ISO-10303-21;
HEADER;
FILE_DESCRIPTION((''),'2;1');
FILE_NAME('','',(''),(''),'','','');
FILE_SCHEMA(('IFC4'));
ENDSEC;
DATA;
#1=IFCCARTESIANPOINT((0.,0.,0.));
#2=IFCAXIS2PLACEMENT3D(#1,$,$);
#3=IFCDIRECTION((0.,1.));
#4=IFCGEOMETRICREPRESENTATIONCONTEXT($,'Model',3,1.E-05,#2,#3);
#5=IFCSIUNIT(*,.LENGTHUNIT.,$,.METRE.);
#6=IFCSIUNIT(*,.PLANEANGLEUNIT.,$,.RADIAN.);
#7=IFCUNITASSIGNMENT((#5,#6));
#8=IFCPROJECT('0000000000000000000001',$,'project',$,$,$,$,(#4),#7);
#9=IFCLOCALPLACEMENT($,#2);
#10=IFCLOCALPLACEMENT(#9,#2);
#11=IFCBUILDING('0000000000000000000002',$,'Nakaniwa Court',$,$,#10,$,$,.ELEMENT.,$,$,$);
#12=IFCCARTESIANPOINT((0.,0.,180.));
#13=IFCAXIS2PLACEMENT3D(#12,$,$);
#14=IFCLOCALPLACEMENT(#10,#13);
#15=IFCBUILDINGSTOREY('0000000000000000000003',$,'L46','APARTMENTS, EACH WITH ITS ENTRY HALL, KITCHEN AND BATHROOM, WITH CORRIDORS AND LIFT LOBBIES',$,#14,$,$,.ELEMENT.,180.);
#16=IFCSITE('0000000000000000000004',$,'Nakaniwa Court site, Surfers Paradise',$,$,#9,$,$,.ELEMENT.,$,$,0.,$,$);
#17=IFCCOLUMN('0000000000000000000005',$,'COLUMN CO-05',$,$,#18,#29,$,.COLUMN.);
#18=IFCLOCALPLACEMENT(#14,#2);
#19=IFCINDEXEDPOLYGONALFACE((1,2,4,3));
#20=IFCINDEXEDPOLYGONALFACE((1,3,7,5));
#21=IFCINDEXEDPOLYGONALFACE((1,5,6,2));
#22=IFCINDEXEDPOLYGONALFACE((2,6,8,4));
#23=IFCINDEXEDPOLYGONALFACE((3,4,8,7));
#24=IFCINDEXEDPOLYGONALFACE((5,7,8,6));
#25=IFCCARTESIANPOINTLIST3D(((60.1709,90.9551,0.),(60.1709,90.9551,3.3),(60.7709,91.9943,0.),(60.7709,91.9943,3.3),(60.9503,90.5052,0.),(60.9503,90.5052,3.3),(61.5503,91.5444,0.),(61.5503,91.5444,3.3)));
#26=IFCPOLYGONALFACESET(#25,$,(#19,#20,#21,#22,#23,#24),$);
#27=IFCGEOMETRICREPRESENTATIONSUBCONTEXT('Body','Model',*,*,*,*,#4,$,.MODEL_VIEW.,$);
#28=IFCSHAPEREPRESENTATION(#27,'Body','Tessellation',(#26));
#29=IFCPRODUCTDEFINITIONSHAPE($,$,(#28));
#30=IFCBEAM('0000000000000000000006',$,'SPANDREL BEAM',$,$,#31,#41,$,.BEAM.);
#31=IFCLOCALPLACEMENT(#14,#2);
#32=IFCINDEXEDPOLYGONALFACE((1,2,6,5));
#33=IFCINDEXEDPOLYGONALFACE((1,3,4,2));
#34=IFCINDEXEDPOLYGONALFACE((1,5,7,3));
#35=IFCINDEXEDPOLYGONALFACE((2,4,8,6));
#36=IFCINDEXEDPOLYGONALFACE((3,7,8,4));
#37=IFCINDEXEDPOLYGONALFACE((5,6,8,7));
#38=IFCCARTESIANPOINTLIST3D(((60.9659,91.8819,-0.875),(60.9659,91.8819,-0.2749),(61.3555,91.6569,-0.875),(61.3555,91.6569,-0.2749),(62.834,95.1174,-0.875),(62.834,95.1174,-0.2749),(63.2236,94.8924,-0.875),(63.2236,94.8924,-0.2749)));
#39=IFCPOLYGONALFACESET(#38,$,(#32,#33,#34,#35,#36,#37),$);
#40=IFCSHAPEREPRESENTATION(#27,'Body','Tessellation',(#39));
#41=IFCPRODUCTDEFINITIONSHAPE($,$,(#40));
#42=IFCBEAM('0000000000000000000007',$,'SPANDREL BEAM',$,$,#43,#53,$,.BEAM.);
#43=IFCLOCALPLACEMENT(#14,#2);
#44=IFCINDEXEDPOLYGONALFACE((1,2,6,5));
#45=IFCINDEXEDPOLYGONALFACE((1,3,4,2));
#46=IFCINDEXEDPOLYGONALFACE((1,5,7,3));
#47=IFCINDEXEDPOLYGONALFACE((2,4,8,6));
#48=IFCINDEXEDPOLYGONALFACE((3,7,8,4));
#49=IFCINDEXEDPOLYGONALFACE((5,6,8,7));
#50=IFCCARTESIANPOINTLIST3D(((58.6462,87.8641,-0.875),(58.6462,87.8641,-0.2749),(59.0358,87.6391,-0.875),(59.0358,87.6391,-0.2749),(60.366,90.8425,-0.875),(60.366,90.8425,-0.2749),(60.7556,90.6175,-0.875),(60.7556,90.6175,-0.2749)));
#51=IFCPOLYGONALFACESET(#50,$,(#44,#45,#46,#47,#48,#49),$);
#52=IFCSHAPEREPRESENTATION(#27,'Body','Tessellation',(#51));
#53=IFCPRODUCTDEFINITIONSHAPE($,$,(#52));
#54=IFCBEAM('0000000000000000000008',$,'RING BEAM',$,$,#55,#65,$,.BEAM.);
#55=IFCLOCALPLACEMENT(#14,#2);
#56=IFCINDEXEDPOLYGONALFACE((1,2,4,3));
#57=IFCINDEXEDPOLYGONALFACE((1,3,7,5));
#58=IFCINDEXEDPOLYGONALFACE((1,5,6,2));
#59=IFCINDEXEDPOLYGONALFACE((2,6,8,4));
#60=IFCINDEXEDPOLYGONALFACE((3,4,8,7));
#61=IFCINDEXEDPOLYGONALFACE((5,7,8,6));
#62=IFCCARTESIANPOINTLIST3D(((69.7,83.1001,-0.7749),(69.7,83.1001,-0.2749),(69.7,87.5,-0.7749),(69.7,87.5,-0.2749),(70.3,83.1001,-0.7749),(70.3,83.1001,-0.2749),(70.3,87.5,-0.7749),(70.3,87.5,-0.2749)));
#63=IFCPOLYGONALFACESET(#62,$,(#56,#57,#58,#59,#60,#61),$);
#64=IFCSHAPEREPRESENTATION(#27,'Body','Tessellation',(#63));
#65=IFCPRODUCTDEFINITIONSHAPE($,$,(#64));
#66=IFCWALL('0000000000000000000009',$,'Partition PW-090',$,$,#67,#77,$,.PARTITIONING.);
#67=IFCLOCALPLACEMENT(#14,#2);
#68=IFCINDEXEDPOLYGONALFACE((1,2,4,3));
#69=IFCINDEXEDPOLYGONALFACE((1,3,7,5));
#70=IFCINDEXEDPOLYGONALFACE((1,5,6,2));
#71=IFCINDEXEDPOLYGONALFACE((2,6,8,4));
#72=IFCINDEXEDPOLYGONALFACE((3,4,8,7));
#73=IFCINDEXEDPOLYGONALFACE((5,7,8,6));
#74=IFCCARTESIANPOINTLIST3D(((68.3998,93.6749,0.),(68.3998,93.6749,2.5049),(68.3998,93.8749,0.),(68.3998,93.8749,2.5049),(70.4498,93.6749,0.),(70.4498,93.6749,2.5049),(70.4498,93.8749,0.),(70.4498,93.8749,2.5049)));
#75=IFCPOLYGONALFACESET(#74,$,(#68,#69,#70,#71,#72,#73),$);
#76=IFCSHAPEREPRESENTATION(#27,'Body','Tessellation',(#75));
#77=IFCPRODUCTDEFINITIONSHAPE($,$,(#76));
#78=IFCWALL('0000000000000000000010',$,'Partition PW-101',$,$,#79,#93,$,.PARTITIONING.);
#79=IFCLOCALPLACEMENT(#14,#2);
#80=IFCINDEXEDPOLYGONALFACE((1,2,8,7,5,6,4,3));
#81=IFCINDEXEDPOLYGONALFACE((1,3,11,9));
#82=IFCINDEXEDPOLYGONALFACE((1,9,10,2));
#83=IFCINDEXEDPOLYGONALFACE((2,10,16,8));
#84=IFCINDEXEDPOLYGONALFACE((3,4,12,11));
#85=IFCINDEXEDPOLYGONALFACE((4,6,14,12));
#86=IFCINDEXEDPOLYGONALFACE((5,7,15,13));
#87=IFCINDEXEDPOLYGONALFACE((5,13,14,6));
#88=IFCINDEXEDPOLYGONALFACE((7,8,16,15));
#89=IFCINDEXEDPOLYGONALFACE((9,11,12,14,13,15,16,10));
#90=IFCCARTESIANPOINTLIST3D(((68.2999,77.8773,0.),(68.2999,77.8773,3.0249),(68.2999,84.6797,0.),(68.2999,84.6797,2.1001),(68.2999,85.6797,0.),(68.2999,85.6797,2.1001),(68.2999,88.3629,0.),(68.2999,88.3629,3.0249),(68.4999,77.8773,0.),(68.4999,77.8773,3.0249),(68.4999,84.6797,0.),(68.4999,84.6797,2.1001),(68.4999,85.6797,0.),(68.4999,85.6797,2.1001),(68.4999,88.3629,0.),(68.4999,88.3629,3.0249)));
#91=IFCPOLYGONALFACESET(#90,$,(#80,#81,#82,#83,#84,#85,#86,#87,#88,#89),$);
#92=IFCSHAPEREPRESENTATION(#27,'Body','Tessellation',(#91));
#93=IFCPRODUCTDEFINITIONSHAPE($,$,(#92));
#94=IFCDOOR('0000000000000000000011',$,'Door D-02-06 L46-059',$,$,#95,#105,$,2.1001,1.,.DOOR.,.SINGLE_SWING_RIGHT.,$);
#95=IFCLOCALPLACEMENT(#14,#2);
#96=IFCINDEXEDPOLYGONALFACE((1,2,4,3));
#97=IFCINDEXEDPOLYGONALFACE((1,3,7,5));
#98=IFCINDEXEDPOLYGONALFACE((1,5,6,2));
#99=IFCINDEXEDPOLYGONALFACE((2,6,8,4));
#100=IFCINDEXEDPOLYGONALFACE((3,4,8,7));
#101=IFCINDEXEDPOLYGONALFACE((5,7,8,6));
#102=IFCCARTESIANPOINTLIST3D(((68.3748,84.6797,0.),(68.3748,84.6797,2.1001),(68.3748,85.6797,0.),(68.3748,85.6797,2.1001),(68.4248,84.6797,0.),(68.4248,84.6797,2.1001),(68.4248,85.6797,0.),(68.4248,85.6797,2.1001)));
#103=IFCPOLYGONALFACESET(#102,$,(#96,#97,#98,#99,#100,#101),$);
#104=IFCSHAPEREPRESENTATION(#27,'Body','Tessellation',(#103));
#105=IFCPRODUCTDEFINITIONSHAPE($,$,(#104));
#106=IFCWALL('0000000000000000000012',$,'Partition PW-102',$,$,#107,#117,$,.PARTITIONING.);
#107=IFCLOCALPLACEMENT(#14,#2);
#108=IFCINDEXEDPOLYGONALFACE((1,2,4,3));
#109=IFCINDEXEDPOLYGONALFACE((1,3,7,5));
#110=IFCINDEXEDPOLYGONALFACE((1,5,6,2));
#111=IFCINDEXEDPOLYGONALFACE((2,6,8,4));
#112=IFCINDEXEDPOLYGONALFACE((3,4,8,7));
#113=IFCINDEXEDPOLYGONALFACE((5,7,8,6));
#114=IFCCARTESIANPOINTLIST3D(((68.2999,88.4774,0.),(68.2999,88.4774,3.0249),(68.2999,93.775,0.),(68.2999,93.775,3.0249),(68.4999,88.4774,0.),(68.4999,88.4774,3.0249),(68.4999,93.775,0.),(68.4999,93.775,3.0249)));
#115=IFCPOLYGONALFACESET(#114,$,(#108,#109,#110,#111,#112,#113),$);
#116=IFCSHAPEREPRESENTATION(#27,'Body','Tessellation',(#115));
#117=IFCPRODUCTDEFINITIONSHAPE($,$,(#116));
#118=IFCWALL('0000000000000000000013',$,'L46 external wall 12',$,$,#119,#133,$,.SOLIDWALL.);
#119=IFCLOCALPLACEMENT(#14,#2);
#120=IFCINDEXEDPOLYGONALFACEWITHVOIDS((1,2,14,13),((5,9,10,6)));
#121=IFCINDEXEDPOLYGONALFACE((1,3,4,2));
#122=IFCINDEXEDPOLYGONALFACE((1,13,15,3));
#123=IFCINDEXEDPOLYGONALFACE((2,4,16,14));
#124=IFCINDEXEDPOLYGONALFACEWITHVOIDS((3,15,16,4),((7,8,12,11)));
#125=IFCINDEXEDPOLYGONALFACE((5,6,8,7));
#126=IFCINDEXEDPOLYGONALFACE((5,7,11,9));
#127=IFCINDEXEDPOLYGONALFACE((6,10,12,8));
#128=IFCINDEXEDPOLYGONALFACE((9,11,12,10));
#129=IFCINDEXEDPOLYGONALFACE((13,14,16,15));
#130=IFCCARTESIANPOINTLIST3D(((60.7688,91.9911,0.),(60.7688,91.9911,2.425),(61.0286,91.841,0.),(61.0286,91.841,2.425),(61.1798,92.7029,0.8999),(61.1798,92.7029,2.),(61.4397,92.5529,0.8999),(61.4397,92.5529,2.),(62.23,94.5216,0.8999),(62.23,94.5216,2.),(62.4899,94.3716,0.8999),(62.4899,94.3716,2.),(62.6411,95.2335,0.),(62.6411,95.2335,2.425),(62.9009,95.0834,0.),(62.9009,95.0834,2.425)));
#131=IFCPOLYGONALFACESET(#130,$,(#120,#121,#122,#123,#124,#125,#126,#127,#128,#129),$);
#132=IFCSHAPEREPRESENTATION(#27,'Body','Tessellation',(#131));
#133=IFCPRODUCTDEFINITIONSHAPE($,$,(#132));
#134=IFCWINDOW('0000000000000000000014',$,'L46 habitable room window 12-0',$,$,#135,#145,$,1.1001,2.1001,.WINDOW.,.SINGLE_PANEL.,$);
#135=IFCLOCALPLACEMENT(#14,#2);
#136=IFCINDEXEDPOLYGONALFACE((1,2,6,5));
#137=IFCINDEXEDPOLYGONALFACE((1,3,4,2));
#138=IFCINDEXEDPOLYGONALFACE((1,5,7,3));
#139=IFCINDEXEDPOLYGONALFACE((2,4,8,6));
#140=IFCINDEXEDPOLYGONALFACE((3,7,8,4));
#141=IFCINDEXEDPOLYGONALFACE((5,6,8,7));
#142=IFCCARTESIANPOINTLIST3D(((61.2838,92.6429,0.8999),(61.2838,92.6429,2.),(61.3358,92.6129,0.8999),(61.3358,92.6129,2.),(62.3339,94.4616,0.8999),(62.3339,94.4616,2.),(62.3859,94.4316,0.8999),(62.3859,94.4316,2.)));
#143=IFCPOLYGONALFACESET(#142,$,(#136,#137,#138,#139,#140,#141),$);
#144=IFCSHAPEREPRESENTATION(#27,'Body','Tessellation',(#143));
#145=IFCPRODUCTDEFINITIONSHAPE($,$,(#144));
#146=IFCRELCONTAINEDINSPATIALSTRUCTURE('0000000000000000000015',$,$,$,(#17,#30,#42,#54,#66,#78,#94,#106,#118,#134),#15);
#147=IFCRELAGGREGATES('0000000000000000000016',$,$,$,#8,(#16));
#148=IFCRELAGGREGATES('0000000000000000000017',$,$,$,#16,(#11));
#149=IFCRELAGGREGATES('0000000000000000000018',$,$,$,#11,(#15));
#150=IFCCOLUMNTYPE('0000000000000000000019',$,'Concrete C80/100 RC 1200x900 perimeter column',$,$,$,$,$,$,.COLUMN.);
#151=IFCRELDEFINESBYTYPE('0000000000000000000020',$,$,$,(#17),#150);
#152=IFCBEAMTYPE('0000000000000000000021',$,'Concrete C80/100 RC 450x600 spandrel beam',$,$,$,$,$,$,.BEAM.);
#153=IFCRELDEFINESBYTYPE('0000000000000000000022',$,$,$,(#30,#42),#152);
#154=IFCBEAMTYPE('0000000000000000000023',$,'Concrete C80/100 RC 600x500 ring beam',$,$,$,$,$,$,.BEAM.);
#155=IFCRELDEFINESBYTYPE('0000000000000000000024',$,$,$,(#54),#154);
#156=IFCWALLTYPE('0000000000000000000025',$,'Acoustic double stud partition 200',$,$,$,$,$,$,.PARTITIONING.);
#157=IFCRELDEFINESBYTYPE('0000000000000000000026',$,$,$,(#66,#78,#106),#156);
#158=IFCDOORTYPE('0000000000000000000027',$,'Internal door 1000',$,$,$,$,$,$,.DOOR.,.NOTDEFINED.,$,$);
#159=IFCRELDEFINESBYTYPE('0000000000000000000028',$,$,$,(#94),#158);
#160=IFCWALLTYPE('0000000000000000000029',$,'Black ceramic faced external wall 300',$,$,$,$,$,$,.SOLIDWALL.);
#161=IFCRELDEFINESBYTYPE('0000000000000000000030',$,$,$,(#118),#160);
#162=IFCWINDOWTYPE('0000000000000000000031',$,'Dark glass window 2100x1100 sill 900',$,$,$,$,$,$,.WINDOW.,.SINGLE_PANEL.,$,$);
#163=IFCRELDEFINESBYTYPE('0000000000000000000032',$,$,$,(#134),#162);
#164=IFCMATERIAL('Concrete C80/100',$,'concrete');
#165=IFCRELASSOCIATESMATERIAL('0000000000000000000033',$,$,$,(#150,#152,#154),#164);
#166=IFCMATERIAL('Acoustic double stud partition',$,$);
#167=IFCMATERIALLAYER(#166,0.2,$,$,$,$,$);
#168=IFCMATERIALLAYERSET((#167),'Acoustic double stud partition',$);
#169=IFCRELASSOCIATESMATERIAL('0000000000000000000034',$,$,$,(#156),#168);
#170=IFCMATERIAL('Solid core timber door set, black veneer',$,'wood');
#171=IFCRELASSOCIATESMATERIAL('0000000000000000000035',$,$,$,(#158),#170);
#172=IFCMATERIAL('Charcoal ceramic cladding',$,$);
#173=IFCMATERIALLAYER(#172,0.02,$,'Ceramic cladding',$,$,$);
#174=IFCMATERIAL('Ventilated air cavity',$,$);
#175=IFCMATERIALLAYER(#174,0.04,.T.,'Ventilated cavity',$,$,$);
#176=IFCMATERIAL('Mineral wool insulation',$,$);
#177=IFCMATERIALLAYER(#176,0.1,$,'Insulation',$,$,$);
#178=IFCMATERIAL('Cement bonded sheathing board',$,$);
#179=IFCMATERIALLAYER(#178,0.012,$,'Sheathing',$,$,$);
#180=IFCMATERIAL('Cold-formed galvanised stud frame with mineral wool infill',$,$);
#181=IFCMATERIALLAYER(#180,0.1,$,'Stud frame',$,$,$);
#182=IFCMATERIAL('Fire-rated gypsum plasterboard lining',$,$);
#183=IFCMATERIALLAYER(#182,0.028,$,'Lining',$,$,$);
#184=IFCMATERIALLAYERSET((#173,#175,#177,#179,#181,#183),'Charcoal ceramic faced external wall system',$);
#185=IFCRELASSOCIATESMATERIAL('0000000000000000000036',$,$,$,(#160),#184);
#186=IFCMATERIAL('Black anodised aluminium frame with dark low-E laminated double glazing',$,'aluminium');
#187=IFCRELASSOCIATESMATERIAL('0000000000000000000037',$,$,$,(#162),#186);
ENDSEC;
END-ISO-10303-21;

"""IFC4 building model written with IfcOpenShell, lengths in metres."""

from ifc_helpers import new_model, si_unit, direction, frame, frame_2d, origin, origin_2d, place, context, subcontext, project, spatial, rectangle, extrude, material, layer, layer_set, material_profile, profile_set, type_object, element, fill, save


model = new_model("IFC4")

# Units and contexts
model_context = context("Model", 3, precision=1e-05, world=origin(), true_north=direction((0.0, 1.0)))
body_context = subcontext(model_context, "Body", "Model", "MODEL_VIEW")
ifc_project = project(units=[si_unit("LENGTHUNIT", "METRE"), si_unit("PLANEANGLEUNIT", "RADIAN")], contexts=[model_context])

# Site, building, storey
site_placement = place(None, origin())
site = spatial("IfcSite", under=ifc_project, at=site_placement, Name="Nakaniwa Court site, Surfers Paradise", CompositionType="ELEMENT", RefElevation=0.0)
building_placement = place(site_placement, origin())
building = spatial("IfcBuilding", under=site, at=building_placement, Name="Nakaniwa Court", CompositionType="ELEMENT")
storey_placement = place(building_placement, frame((0.0, 0.0, 180.0)))
storey = spatial("IfcBuildingStorey", under=building, at=storey_placement, Name="L46", Description="APARTMENTS, EACH WITH ITS ENTRY HALL, KITCHEN AND BATHROOM, WITH CORRIDORS AND LIFT LOBBIES", CompositionType="ELEMENT", Elevation=180.0)

# Column
ifc_material_1 = material(Name="Concrete C80/100", Category="concrete")
ifc_material_profile_1 = material_profile(ifc_material_1, rectangle(XDim=1.2, YDim=0.8999, at=origin_2d()), Name="Concrete C80/100 RC 1200x900 perimeter column")
ifc_profile_set_1 = profile_set([ifc_material_profile_1], Name="Concrete C80/100")
column_type = type_object("IfcColumnType", Name="Concrete C80/100 RC 1200x900 perimeter column", PredefinedType="COLUMN", material=ifc_profile_set_1)
column_placement = place(storey_placement, frame((60.8606, 91.2498, 0.0), z_axis=(0.0, 0.0, 1.0), x_axis=(-0.5, -0.866025, 0.0)))
element("IfcColumn", 1, at=column_placement, inside=storey, type_object=column_type, Name="COLUMN CO-05", PredefinedType="COLUMN", context=body_context, shape_type="SweptSolid", body=[
    extrude(rectangle(XDim=1.2, YDim=0.8999, at=origin_2d()), origin(), (0.0, 0.0, 1.0), 3.3),
])

# Beams
ifc_material_profile_2 = material_profile(ifc_material_1, rectangle(XDim=0.45, YDim=0.6001, at=origin_2d()), Name="Concrete C80/100 RC 450x600 spandrel beam")
ifc_profile_set_2 = profile_set([ifc_material_profile_2], Name="Concrete C80/100")
beam_type_1 = type_object("IfcBeamType", Name="Concrete C80/100 RC 450x600 spandrel beam", PredefinedType="BEAM", material=ifc_profile_set_2)
beam_1_placement = place(storey_placement, frame((63.0288, 95.0049, -0.575), z_axis=(-0.500018, -0.866015, 0.0), x_axis=(0.866015, -0.500018, 0.0)))
element("IfcBeam", 2, at=beam_1_placement, inside=storey, type_object=beam_type_1, Name="SPANDREL BEAM", PredefinedType="BEAM", context=body_context, shape_type="SweptSolid", body=[
    extrude(rectangle(XDim=0.45, YDim=0.6001, at=origin_2d()), origin(), (0.0, 0.0, 1.0), 3.7361),
])
beam_2_placement = place(storey_placement, frame((60.5608, 90.73, -0.575), z_axis=(-0.500048, -0.865998, 0.0), x_axis=(0.865998, -0.500048, 0.0)))
element("IfcBeam", 3, at=beam_2_placement, inside=storey, type_object=beam_type_1, Name="SPANDREL BEAM", PredefinedType="BEAM", context=body_context, shape_type="SweptSolid", body=[
    extrude(rectangle(XDim=0.45, YDim=0.6001, at=origin_2d()), origin(), (0.0, 0.0, 1.0), 3.4392),
])
ifc_material_profile_3 = material_profile(ifc_material_1, rectangle(XDim=0.6001, YDim=0.5, at=origin_2d()), Name="Concrete C80/100 RC 600x500 ring beam")
ifc_profile_set_3 = profile_set([ifc_material_profile_3], Name="Concrete C80/100")
beam_type_2 = type_object("IfcBeamType", Name="Concrete C80/100 RC 600x500 ring beam", PredefinedType="BEAM", material=ifc_profile_set_3)
beam_3_placement = place(storey_placement, frame((70.0, 87.5, -0.5249), z_axis=(0.0, -1.0, 0.0), x_axis=(1.0, 0.0, 0.0)))
element("IfcBeam", 4, at=beam_3_placement, inside=storey, type_object=beam_type_2, Name="RING BEAM", PredefinedType="BEAM", context=body_context, shape_type="SweptSolid", body=[
    extrude(rectangle(XDim=0.6001, YDim=0.5, at=origin_2d()), origin(), (0.0, 0.0, 1.0), 4.3999),
])

# Wall
ifc_material_2 = material(Name="Acoustic double stud partition")
ifc_layer_1 = layer(ifc_material_2, 0.2)
ifc_layer_set_1 = layer_set([ifc_layer_1], Name="Acoustic double stud partition")
wall_type_1 = type_object("IfcWallType", Name="Acoustic double stud partition 200", PredefinedType="PARTITIONING", material=ifc_layer_set_1)
wall_1_placement = place(storey_placement, frame((68.3999, 93.7749, 0.0), z_axis=(0.0, 0.0, 1.0), x_axis=(1.0, 0.0, 0.0)))
element("IfcWall", 5, at=wall_1_placement, inside=storey, type_object=wall_type_1, Name="Partition PW-090", PredefinedType="PARTITIONING", context=body_context, shape_type="SweptSolid", body=[
    extrude(rectangle(XDim=2.05, YDim=0.2, at=frame_2d((1.0249, 0.0))), origin(), (0.0, 0.0, 1.0), 2.5049),
])

# Wall, opening, door
wall_2_placement = place(storey_placement, frame((68.3999, 88.3628, 0.0), z_axis=(0.0, 0.0, 1.0), x_axis=(0.0, -1.0, 0.0)))
wall_2 = element("IfcWall", 6, at=wall_2_placement, inside=storey, type_object=wall_type_1, Name="Partition PW-101", PredefinedType="PARTITIONING", context=body_context, shape_type="SweptSolid", body=[
    extrude(rectangle(XDim=10.4856, YDim=0.2, at=frame_2d((5.2427, 0.0))), origin(), (0.0, 0.0, 1.0), 3.0249),
])
opening_1_placement = place(wall_2_placement, frame((2.6831, 0.0, 0.0)))
opening_1 = element("IfcOpeningElement", 7, at=opening_1_placement, cuts=wall_2, PredefinedType="OPENING", context=body_context, shape_type="SweptSolid", body=[
    extrude(rectangle(XDim=1.0, YDim=2.1001, at=frame_2d((0.5, 1.05))), frame((0.0, 0.1099, 0.0), z_axis=(0.0, -1.0, 0.0), x_axis=(1.0, 0.0, 0.0)), (0.0, 0.0, 1.0), 0.22),
])
ifc_material_3 = material(Name="Solid core timber door set, black veneer", Category="wood")
door_type_1 = type_object("IfcDoorType", Name="Internal door 1000", OperationType="NOTDEFINED", PredefinedType="DOOR", material=ifc_material_3)
door_1_placement = place(opening_1_placement, origin())
door_1 = element("IfcDoor", 8, at=door_1_placement, inside=storey, type_object=door_type_1, Name="Door D-02-06 L46-059", OperationType="SINGLE_SWING_RIGHT", OverallHeight=2.1001, OverallWidth=1.0, PredefinedType="DOOR", context=body_context, shape_type="SweptSolid", body=[
    extrude(rectangle(XDim=1.0, YDim=2.1001, at=frame_2d((0.5, 1.05))), frame((0.0, 0.0249, 0.0), z_axis=(0.0, -1.0, 0.0), x_axis=(1.0, 0.0, 0.0)), (0.0, 0.0, 1.0), 0.05),
])
fill(opening_1, door_1)

# Wall
wall_3_placement = place(storey_placement, frame((68.3999, 88.4773, 0.0), z_axis=(0.0, 0.0, 1.0), x_axis=(0.0, 1.0, 0.0)))
element("IfcWall", 9, at=wall_3_placement, inside=storey, type_object=wall_type_1, Name="Partition PW-102", PredefinedType="PARTITIONING", context=body_context, shape_type="SweptSolid", body=[
    extrude(rectangle(XDim=5.2976, YDim=0.2, at=frame_2d((2.6489, 0.0))), origin(), (0.0, 0.0, 1.0), 3.0249),
])

# Wall, opening, window
ifc_material_4 = material(Name="Charcoal ceramic cladding")
ifc_layer_2 = layer(ifc_material_4, 0.02, Name="Ceramic cladding")
ifc_material_5 = material(Name="Ventilated air cavity")
ifc_layer_3 = layer(ifc_material_5, 0.04, ventilated=True, Name="Ventilated cavity")
ifc_material_6 = material(Name="Mineral wool insulation")
ifc_layer_4 = layer(ifc_material_6, 0.1, Name="Insulation")
ifc_material_7 = material(Name="Cement bonded sheathing board")
ifc_layer_5 = layer(ifc_material_7, 0.012, Name="Sheathing")
ifc_material_8 = material(Name="Cold-formed galvanised stud frame with mineral wool infill")
ifc_layer_6 = layer(ifc_material_8, 0.1, Name="Stud frame")
ifc_material_9 = material(Name="Fire-rated gypsum plasterboard lining")
ifc_layer_7 = layer(ifc_material_9, 0.028, Name="Lining")
ifc_layer_set_2 = layer_set([ifc_layer_2, ifc_layer_3, ifc_layer_4, ifc_layer_5, ifc_layer_6, ifc_layer_7], Name="Charcoal ceramic faced external wall system")
wall_type_2 = type_object("IfcWallType", Name="Black ceramic faced external wall 300", PredefinedType="SOLIDWALL", material=ifc_layer_set_2)
wall_4_placement = place(storey_placement, frame((62.771, 95.1584, 0.0), z_axis=(0.0, 0.0, 1.0), x_axis=(-0.500059, -0.865991, 0.0)))
wall_4 = element("IfcWall", 10, at=wall_4_placement, inside=storey, type_object=wall_type_2, Name="L46 external wall 12", PredefinedType="SOLIDWALL", context=body_context, shape_type="SweptSolid", body=[
    extrude(rectangle(XDim=3.7441, YDim=0.3, at=frame_2d((1.8721, 0.0))), origin(), (0.0, 0.0, 1.0), 2.425),
])
opening_2_placement = place(wall_4_placement, frame((0.822, 0.0, 0.8999)))
opening_2 = element("IfcOpeningElement", 11, at=opening_2_placement, cuts=wall_4, PredefinedType="OPENING", context=body_context, shape_type="SweptSolid", body=[
    extrude(rectangle(XDim=2.1001, YDim=1.1001, at=frame_2d((1.05, 0.55))), frame((0.0, 0.1599, 0.0), z_axis=(0.0, -1.0, 0.0), x_axis=(1.0, 0.0, 0.0)), (0.0, 0.0, 1.0), 0.3201),
])
ifc_material_10 = material(Name="Black anodised aluminium frame with dark low-E laminated double glazing", Category="aluminium")
window_type_1 = type_object("IfcWindowType", Name="Dark glass window 2100x1100 sill 900", PartitioningType="SINGLE_PANEL", PredefinedType="WINDOW", material=ifc_material_10)
window_1_placement = place(opening_2_placement, origin())
window_1 = element("IfcWindow", 12, at=window_1_placement, inside=storey, type_object=window_type_1, Name="L46 habitable room window 12-0", OverallHeight=1.1001, OverallWidth=2.1001, PartitioningType="SINGLE_PANEL", PredefinedType="WINDOW", context=body_context, shape_type="SweptSolid", body=[
    extrude(rectangle(XDim=2.1001, YDim=1.1001, at=frame_2d((1.05, 0.55))), frame((0.0, 0.03, 0.0), z_axis=(0.0, -1.0, 0.0), x_axis=(1.0, 0.0, 0.0)), (0.0, 0.0, 1.0), 0.0601),
])
fill(opening_2, window_1)

save(model, "model.ifc")
